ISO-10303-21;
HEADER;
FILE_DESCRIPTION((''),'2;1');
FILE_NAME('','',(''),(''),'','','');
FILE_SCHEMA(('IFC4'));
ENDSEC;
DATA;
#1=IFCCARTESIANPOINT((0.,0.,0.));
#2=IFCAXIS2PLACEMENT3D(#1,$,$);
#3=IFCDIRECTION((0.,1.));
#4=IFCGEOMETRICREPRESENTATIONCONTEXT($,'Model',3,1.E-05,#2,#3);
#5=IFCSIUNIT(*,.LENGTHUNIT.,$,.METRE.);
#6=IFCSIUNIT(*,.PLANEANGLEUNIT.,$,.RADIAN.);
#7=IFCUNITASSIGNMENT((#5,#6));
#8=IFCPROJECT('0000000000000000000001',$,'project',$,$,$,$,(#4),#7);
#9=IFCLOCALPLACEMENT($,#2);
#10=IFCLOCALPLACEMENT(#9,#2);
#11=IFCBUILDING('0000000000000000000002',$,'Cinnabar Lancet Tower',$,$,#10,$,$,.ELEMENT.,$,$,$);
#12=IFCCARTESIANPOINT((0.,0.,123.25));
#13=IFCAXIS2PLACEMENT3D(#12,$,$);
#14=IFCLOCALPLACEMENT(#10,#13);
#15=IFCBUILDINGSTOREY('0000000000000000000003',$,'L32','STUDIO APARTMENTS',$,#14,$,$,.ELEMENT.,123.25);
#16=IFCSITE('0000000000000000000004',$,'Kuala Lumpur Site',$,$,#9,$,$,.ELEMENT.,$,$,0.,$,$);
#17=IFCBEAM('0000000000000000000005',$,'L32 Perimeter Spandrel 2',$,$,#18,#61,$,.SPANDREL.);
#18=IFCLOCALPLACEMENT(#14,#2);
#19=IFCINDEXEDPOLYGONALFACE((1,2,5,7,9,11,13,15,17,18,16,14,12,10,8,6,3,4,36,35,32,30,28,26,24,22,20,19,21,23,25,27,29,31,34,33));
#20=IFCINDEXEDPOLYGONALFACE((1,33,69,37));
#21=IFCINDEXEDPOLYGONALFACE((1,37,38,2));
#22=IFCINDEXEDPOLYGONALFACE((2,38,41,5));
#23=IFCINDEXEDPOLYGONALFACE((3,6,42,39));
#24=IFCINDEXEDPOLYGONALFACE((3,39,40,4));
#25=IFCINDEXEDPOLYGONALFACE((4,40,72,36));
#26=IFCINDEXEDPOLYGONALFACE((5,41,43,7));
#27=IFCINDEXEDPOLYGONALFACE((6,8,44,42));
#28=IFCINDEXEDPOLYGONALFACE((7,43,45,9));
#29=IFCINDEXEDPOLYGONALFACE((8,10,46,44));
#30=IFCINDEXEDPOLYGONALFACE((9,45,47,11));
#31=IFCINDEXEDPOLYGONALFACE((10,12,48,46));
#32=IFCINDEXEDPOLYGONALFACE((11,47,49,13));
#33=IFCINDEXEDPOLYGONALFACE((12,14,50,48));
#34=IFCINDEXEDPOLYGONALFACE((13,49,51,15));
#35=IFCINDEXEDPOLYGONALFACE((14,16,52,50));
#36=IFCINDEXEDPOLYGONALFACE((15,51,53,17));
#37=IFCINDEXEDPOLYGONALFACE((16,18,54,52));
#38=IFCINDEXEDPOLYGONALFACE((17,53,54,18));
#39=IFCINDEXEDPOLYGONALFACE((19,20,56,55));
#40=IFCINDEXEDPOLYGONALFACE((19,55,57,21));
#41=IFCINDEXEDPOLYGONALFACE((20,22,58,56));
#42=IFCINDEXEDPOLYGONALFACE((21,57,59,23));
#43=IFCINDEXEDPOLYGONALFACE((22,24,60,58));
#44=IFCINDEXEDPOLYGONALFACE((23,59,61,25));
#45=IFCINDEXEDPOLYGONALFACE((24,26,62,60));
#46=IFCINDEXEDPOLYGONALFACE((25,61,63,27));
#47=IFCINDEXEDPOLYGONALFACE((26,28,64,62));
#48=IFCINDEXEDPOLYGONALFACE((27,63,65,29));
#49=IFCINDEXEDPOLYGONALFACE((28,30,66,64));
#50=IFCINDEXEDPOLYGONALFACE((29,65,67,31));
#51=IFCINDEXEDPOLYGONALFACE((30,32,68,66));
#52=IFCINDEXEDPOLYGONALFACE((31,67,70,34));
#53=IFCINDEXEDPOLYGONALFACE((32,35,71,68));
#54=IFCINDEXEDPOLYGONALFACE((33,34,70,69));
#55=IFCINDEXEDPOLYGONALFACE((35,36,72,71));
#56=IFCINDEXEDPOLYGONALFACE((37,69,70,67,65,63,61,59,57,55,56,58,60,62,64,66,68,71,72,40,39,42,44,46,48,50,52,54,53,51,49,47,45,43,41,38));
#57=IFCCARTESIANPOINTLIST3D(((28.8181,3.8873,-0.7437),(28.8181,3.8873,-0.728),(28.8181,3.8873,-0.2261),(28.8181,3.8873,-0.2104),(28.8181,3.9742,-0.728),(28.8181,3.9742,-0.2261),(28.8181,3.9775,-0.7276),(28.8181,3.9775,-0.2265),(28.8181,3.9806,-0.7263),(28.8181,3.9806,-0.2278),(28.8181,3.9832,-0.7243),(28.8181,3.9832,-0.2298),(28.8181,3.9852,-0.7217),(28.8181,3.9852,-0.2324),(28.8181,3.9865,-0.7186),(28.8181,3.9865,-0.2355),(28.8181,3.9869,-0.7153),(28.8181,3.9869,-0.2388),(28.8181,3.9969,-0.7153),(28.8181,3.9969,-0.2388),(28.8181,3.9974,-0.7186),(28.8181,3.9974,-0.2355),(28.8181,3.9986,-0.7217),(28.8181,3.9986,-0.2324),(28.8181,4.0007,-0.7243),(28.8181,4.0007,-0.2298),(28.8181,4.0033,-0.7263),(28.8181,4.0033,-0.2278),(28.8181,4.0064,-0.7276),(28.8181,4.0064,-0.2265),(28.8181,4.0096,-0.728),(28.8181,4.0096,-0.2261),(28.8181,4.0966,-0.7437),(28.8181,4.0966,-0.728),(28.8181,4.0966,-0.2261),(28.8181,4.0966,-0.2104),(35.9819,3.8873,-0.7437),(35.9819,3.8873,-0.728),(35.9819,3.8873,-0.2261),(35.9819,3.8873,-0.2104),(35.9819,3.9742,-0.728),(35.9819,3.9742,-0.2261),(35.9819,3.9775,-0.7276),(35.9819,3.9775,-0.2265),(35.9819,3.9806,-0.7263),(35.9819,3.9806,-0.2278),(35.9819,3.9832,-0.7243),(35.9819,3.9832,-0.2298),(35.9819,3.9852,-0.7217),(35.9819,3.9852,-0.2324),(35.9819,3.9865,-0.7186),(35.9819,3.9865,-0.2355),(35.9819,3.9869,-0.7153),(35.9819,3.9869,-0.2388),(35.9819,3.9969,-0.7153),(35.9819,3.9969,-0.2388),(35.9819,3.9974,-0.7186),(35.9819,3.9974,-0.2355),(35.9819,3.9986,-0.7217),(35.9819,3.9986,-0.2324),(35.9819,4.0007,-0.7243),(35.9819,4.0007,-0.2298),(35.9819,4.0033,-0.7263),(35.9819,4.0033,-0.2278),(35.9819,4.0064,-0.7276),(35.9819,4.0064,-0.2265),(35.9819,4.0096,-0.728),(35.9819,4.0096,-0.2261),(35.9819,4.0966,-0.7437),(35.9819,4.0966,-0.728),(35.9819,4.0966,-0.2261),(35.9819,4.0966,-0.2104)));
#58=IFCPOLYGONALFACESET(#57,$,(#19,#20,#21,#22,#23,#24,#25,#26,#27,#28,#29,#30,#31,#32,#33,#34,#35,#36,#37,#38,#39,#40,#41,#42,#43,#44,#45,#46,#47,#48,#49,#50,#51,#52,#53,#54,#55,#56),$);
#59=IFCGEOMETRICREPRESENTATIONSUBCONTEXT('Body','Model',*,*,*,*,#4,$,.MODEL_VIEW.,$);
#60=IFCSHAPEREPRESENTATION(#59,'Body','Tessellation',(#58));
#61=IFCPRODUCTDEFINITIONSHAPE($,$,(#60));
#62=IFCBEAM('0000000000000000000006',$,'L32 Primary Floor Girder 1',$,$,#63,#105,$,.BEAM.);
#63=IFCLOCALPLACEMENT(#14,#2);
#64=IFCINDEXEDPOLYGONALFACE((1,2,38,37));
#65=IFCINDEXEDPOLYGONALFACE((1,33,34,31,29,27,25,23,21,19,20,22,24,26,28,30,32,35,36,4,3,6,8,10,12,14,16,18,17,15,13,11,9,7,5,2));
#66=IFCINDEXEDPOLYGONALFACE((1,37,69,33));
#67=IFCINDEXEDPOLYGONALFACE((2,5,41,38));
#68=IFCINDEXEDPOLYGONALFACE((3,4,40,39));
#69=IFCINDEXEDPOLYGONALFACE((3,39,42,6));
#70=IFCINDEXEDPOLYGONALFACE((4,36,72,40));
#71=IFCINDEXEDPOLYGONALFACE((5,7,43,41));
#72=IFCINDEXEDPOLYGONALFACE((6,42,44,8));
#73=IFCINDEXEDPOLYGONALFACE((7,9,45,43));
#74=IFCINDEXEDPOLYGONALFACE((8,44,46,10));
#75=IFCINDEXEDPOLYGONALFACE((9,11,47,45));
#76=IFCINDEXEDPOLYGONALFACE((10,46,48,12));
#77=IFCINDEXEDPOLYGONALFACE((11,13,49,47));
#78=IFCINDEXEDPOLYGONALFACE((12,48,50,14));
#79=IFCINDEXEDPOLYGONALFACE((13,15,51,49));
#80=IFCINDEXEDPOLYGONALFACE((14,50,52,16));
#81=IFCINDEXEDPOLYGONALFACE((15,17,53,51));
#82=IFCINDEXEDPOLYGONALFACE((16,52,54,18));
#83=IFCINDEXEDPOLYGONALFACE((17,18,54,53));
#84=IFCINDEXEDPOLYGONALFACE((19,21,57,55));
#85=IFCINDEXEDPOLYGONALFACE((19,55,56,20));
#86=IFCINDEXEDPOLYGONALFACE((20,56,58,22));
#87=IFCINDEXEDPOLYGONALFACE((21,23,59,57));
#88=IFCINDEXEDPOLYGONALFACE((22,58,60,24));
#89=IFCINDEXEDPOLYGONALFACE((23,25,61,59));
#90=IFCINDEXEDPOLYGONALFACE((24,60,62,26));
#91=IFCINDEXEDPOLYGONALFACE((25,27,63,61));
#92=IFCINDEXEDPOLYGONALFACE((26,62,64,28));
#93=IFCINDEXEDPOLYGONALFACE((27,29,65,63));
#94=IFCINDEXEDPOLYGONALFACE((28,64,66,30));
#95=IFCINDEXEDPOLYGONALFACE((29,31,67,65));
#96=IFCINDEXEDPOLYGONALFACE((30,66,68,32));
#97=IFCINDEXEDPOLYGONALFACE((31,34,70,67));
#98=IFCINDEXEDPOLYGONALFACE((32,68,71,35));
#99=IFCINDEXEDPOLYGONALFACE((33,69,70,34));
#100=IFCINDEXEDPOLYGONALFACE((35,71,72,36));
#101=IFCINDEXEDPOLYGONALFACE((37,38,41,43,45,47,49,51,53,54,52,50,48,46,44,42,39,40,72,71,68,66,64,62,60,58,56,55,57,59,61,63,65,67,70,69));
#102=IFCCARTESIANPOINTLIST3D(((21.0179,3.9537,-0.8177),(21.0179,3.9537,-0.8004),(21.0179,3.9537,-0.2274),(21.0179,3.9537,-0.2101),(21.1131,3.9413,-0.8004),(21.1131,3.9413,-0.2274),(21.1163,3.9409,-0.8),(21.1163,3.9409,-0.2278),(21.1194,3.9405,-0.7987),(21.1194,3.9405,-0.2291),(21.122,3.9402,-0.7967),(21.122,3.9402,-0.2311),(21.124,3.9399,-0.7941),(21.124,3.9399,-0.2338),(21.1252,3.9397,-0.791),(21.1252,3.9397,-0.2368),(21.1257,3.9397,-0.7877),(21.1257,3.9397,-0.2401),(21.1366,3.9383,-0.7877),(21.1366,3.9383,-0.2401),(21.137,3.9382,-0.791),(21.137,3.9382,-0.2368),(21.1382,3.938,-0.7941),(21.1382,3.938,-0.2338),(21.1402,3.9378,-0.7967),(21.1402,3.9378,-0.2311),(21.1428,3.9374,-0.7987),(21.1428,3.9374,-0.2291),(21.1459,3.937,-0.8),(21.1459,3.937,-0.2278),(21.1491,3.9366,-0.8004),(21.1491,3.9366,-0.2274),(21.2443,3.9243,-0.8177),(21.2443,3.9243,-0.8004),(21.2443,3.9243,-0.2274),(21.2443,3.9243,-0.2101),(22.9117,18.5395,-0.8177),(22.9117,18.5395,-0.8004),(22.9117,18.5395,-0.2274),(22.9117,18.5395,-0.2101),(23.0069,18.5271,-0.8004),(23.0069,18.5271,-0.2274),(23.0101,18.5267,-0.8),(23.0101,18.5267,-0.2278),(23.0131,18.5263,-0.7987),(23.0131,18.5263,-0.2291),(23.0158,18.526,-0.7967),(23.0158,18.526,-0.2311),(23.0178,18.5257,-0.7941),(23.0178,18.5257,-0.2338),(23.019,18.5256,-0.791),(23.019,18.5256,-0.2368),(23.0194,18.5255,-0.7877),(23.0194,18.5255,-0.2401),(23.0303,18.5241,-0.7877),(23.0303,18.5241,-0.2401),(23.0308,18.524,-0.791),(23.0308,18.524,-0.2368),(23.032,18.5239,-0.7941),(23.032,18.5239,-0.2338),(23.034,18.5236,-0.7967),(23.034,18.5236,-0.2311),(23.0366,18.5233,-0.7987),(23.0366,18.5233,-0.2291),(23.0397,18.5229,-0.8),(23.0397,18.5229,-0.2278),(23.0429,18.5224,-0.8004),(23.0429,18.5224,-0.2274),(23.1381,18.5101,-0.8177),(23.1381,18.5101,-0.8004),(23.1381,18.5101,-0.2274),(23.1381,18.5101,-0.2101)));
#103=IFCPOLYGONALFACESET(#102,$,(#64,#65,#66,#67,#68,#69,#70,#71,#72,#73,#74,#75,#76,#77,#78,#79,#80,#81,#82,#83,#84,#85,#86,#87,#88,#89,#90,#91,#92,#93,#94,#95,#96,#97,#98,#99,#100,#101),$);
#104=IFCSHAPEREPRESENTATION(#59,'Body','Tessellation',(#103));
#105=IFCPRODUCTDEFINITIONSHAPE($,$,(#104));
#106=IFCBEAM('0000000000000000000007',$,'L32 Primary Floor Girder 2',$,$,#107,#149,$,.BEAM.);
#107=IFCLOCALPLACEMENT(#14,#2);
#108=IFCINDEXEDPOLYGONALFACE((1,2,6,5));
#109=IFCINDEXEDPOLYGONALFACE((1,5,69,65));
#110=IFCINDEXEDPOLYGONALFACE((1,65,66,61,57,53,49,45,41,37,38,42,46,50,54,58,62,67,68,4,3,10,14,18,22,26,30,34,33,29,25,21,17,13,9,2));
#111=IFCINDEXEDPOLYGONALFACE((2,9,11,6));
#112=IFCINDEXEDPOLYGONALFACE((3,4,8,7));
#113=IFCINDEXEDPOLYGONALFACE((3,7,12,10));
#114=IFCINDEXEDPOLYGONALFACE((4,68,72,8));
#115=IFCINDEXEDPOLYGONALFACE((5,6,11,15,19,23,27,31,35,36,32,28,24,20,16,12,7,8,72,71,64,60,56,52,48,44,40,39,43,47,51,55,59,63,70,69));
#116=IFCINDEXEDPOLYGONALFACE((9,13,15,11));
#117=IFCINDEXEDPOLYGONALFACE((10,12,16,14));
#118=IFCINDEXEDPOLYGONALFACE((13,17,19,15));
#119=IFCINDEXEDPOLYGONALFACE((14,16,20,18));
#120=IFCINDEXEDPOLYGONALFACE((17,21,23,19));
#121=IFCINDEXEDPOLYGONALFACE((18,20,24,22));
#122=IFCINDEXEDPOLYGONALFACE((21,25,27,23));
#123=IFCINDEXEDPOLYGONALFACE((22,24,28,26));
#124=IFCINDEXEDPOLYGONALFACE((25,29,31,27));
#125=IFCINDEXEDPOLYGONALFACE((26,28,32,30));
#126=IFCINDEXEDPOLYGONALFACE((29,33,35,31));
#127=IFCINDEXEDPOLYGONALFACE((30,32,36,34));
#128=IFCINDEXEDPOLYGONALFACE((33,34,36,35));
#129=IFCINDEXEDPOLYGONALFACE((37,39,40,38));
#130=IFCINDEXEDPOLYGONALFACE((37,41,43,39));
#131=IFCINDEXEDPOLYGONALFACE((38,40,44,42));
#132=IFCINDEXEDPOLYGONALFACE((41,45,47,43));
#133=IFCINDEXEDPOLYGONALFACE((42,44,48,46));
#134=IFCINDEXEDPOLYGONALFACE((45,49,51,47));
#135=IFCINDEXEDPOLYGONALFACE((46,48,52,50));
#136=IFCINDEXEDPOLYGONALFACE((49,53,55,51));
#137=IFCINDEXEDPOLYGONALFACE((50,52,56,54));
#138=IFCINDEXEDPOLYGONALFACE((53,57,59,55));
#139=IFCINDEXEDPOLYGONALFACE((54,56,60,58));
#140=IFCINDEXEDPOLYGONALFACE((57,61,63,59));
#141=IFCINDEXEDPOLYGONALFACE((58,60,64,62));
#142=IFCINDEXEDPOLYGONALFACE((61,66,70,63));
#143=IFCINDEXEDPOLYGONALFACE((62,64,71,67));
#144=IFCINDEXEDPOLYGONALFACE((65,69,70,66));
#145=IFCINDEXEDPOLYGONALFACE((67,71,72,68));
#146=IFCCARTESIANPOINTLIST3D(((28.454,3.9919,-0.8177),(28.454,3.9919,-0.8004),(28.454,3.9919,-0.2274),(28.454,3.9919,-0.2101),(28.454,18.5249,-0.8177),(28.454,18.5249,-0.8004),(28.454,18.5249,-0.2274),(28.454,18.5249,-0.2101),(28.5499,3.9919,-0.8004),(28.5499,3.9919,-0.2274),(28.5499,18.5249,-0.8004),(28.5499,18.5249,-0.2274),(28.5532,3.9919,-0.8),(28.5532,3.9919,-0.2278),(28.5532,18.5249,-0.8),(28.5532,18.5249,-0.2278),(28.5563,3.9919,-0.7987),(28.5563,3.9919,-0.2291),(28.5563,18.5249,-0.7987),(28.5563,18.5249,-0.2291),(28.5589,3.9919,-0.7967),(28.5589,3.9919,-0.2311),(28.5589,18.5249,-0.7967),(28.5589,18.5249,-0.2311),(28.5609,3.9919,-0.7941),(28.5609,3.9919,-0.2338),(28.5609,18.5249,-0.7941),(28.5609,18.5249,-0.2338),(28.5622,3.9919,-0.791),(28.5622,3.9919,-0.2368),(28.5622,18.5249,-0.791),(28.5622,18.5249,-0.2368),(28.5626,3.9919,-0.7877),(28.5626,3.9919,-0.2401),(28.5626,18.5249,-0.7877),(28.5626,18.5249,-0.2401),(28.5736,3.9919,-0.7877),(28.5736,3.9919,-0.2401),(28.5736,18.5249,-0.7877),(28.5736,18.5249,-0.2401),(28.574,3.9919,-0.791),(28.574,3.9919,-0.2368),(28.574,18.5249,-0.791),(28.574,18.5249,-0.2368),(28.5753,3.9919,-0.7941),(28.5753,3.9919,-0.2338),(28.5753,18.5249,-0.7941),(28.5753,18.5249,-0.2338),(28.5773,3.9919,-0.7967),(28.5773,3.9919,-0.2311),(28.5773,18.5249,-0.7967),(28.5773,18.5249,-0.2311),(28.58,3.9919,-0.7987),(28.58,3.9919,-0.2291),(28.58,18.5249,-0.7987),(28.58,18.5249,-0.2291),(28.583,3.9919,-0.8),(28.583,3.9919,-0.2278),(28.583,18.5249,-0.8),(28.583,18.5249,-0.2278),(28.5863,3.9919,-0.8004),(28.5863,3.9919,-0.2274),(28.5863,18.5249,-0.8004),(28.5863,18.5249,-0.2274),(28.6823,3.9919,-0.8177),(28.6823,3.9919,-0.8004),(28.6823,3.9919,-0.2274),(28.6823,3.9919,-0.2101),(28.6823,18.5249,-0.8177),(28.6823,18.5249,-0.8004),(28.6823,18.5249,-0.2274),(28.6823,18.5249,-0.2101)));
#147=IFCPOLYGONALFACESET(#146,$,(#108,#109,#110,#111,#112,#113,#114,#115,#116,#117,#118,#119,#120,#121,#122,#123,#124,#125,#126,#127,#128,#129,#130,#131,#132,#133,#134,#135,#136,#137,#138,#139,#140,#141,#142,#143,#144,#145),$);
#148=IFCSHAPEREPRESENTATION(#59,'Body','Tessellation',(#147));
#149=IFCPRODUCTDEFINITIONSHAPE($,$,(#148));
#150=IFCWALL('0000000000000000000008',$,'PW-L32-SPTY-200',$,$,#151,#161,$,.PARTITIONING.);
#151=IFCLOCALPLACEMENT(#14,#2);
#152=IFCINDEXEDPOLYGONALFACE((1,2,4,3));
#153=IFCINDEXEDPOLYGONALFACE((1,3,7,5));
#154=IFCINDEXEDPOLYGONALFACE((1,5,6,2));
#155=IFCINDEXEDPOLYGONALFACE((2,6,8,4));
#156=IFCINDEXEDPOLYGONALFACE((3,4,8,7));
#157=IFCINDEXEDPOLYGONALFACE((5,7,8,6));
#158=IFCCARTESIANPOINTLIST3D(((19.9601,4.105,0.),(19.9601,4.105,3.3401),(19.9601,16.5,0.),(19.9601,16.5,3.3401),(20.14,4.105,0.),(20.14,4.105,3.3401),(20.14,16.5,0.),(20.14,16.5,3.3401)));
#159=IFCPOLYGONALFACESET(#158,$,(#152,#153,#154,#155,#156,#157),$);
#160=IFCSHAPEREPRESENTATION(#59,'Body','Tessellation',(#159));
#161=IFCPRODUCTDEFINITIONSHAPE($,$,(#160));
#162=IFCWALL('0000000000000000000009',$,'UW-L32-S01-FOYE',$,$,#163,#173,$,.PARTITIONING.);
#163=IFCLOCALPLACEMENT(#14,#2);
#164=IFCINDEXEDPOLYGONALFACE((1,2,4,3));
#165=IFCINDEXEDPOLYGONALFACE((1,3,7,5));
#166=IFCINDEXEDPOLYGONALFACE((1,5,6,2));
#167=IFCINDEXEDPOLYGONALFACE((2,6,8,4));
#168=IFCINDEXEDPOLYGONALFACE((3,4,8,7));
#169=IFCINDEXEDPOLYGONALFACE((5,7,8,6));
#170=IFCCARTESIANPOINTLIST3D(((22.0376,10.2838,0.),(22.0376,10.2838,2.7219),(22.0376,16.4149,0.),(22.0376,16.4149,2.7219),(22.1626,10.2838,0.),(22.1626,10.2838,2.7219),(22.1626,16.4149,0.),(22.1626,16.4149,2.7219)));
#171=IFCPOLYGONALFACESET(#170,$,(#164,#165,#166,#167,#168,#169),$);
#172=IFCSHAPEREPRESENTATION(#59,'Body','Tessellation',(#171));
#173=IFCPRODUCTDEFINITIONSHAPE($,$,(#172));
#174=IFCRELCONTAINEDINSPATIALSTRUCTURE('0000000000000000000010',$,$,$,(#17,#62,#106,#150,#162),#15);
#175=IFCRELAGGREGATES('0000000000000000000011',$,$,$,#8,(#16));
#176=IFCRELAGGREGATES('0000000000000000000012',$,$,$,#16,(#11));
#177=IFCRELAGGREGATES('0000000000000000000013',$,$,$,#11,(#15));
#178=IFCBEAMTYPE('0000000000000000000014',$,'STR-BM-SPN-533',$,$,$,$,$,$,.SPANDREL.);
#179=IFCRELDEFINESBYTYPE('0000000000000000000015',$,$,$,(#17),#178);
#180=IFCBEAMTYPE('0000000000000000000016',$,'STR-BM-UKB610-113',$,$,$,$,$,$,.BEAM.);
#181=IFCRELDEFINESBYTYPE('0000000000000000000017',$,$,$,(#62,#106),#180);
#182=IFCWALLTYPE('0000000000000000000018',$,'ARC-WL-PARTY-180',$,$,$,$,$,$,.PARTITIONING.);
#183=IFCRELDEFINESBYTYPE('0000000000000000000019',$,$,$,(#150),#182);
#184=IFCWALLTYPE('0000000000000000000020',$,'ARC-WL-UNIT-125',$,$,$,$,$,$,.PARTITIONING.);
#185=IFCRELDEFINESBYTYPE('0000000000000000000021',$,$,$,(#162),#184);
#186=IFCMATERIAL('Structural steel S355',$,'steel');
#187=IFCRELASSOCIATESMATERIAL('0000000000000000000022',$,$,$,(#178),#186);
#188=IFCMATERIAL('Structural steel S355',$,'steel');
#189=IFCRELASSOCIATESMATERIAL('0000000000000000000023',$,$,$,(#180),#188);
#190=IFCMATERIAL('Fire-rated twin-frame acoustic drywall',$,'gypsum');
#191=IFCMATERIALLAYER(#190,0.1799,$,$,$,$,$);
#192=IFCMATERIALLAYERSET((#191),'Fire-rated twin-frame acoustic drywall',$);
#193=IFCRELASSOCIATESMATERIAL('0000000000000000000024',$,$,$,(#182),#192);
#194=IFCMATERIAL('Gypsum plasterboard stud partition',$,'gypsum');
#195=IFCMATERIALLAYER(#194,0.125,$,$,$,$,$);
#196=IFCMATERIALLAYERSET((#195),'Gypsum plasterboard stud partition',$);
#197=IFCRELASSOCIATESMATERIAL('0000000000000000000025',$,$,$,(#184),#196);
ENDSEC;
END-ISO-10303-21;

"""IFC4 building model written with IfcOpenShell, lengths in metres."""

from ifc_helpers import new_model, si_unit, direction, frame, frame_2d, origin, origin_2d, place, context, subcontext, project, spatial, rectangle, i_section, extrude, material, layer, layer_set, material_profile, profile_set, type_object, element, save


model = new_model("IFC4")

# Units and contexts
model_context = context("Model", 3, precision=1e-05, world=origin(), true_north=direction((0.0, 1.0)))
body_context = subcontext(model_context, "Body", "Model", "MODEL_VIEW")
ifc_project = project(units=[si_unit("LENGTHUNIT", "METRE"), si_unit("PLANEANGLEUNIT", "RADIAN")], contexts=[model_context])

# Site, building, storey
site_placement = place(None, origin())
site = spatial("IfcSite", under=ifc_project, at=site_placement, Name="Kuala Lumpur Site", CompositionType="ELEMENT", RefElevation=0.0)
building_placement = place(site_placement, origin())
building = spatial("IfcBuilding", under=site, at=building_placement, Name="Cinnabar Lancet Tower", CompositionType="ELEMENT")
storey_placement = place(building_placement, frame((0.0, 0.0, 123.25)))
storey = spatial("IfcBuildingStorey", under=building, at=storey_placement, Name="L32", Description="STUDIO APARTMENTS", CompositionType="ELEMENT", Elevation=123.25)

# Beams
ifc_material_1 = material(Name="Structural steel S355", Category="steel")
ifc_material_profile_1 = material_profile(ifc_material_1, i_section(OverallWidth=0.2092, OverallDepth=0.5332, WebThickness=0.01, FlangeThickness=0.0156, FilletRadius=0.0127, at=origin_2d()), Name="UKB 533x210x92")
ifc_profile_set_1 = profile_set([ifc_material_profile_1], Name="Structural steel S355")
beam_type_1 = type_object("IfcBeamType", Name="STR-BM-SPN-533", PredefinedType="SPANDREL", material=ifc_profile_set_1)
beam_1_placement = place(storey_placement, frame((28.8181, 3.9919, -0.4771), z_axis=(1.0, 0.0, 0.0), x_axis=(0.0, 1.0, 0.0)))
element("IfcBeam", 1, at=beam_1_placement, inside=storey, type_object=beam_type_1, Name="L32 Perimeter Spandrel 2", PredefinedType="SPANDREL", context=body_context, shape_type="SweptSolid", body=[
    extrude(i_section(OverallWidth=0.2092, OverallDepth=0.5332, WebThickness=0.01, FlangeThickness=0.0156, FilletRadius=0.0127, at=origin_2d()), origin(), (0.0, 0.0, 1.0), 7.1638),
])
ifc_material_2 = material(Name="Structural steel S355", Category="steel")
ifc_material_profile_2 = material_profile(ifc_material_2, i_section(OverallWidth=0.2283, OverallDepth=0.6077, WebThickness=0.011, FlangeThickness=0.0173, FilletRadius=0.0127, at=origin_2d()), Name="UKB 610x229x113")
ifc_profile_set_2 = profile_set([ifc_material_profile_2], Name="Structural steel S355")
beam_type_2 = type_object("IfcBeamType", Name="STR-BM-UKB610-113", PredefinedType="BEAM", material=ifc_profile_set_2)
beam_2_placement = place(storey_placement, frame((21.1311, 3.939, -0.5139), z_axis=(0.128757, 0.991676, 0.0), x_axis=(-0.991676, 0.128757, 0.0)))
element("IfcBeam", 2, at=beam_2_placement, inside=storey, type_object=beam_type_2, Name="L32 Primary Floor Girder 1", PredefinedType="BEAM", context=body_context, shape_type="SweptSolid", body=[
    extrude(i_section(OverallWidth=0.2283, OverallDepth=0.6077, WebThickness=0.011, FlangeThickness=0.0173, FilletRadius=0.0127, at=origin_2d()), origin(), (0.0, 0.0, 1.0), 14.7083),
])
beam_3_placement = place(storey_placement, frame((28.5681, 3.9919, -0.5139), z_axis=(0.0, 1.0, 0.0), x_axis=(-1.0, 0.0, 0.0)))
element("IfcBeam", 3, at=beam_3_placement, inside=storey, type_object=beam_type_2, Name="L32 Primary Floor Girder 2", PredefinedType="BEAM", context=body_context, shape_type="SweptSolid", body=[
    extrude(i_section(OverallWidth=0.2283, OverallDepth=0.6077, WebThickness=0.011, FlangeThickness=0.0173, FilletRadius=0.0127, at=origin_2d()), origin(), (0.0, 0.0, 1.0), 14.533),
])

# Walls
ifc_material_3 = material(Name="Fire-rated twin-frame acoustic drywall", Category="gypsum")
ifc_layer_1 = layer(ifc_material_3, 0.1799)
ifc_layer_set_1 = layer_set([ifc_layer_1], Name="Fire-rated twin-frame acoustic drywall")
wall_type_1 = type_object("IfcWallType", Name="ARC-WL-PARTY-180", PredefinedType="PARTITIONING", material=ifc_layer_set_1)
wall_1_placement = place(storey_placement, frame((20.05, 4.105, 0.0), z_axis=(0.0, 0.0, 1.0), x_axis=(0.0, 1.0, 0.0)))
element("IfcWall", 4, at=wall_1_placement, inside=storey, type_object=wall_type_1, Name="PW-L32-SPTY-200", PredefinedType="PARTITIONING", context=body_context, shape_type="SweptSolid", body=[
    extrude(rectangle(XDim=12.395, YDim=0.1799, at=frame_2d((6.1975, 0.0))), origin(), (0.0, 0.0, 1.0), 3.3401),
])
ifc_material_4 = material(Name="Gypsum plasterboard stud partition", Category="gypsum")
ifc_layer_2 = layer(ifc_material_4, 0.125)
ifc_layer_set_2 = layer_set([ifc_layer_2], Name="Gypsum plasterboard stud partition")
wall_type_2 = type_object("IfcWallType", Name="ARC-WL-UNIT-125", PredefinedType="PARTITIONING", material=ifc_layer_set_2)
wall_2_placement = place(storey_placement, frame((22.1001, 10.2839, 0.0), z_axis=(0.0, 0.0, 1.0), x_axis=(0.0, 1.0, 0.0)))
element("IfcWall", 5, at=wall_2_placement, inside=storey, type_object=wall_type_2, Name="UW-L32-S01-FOYE", PredefinedType="PARTITIONING", context=body_context, shape_type="SweptSolid", body=[
    extrude(rectangle(XDim=6.1311, YDim=0.125, at=frame_2d((3.0654, 0.0))), origin(), (0.0, 0.0, 1.0), 2.7219),
])

save(model, "model.ifc")
